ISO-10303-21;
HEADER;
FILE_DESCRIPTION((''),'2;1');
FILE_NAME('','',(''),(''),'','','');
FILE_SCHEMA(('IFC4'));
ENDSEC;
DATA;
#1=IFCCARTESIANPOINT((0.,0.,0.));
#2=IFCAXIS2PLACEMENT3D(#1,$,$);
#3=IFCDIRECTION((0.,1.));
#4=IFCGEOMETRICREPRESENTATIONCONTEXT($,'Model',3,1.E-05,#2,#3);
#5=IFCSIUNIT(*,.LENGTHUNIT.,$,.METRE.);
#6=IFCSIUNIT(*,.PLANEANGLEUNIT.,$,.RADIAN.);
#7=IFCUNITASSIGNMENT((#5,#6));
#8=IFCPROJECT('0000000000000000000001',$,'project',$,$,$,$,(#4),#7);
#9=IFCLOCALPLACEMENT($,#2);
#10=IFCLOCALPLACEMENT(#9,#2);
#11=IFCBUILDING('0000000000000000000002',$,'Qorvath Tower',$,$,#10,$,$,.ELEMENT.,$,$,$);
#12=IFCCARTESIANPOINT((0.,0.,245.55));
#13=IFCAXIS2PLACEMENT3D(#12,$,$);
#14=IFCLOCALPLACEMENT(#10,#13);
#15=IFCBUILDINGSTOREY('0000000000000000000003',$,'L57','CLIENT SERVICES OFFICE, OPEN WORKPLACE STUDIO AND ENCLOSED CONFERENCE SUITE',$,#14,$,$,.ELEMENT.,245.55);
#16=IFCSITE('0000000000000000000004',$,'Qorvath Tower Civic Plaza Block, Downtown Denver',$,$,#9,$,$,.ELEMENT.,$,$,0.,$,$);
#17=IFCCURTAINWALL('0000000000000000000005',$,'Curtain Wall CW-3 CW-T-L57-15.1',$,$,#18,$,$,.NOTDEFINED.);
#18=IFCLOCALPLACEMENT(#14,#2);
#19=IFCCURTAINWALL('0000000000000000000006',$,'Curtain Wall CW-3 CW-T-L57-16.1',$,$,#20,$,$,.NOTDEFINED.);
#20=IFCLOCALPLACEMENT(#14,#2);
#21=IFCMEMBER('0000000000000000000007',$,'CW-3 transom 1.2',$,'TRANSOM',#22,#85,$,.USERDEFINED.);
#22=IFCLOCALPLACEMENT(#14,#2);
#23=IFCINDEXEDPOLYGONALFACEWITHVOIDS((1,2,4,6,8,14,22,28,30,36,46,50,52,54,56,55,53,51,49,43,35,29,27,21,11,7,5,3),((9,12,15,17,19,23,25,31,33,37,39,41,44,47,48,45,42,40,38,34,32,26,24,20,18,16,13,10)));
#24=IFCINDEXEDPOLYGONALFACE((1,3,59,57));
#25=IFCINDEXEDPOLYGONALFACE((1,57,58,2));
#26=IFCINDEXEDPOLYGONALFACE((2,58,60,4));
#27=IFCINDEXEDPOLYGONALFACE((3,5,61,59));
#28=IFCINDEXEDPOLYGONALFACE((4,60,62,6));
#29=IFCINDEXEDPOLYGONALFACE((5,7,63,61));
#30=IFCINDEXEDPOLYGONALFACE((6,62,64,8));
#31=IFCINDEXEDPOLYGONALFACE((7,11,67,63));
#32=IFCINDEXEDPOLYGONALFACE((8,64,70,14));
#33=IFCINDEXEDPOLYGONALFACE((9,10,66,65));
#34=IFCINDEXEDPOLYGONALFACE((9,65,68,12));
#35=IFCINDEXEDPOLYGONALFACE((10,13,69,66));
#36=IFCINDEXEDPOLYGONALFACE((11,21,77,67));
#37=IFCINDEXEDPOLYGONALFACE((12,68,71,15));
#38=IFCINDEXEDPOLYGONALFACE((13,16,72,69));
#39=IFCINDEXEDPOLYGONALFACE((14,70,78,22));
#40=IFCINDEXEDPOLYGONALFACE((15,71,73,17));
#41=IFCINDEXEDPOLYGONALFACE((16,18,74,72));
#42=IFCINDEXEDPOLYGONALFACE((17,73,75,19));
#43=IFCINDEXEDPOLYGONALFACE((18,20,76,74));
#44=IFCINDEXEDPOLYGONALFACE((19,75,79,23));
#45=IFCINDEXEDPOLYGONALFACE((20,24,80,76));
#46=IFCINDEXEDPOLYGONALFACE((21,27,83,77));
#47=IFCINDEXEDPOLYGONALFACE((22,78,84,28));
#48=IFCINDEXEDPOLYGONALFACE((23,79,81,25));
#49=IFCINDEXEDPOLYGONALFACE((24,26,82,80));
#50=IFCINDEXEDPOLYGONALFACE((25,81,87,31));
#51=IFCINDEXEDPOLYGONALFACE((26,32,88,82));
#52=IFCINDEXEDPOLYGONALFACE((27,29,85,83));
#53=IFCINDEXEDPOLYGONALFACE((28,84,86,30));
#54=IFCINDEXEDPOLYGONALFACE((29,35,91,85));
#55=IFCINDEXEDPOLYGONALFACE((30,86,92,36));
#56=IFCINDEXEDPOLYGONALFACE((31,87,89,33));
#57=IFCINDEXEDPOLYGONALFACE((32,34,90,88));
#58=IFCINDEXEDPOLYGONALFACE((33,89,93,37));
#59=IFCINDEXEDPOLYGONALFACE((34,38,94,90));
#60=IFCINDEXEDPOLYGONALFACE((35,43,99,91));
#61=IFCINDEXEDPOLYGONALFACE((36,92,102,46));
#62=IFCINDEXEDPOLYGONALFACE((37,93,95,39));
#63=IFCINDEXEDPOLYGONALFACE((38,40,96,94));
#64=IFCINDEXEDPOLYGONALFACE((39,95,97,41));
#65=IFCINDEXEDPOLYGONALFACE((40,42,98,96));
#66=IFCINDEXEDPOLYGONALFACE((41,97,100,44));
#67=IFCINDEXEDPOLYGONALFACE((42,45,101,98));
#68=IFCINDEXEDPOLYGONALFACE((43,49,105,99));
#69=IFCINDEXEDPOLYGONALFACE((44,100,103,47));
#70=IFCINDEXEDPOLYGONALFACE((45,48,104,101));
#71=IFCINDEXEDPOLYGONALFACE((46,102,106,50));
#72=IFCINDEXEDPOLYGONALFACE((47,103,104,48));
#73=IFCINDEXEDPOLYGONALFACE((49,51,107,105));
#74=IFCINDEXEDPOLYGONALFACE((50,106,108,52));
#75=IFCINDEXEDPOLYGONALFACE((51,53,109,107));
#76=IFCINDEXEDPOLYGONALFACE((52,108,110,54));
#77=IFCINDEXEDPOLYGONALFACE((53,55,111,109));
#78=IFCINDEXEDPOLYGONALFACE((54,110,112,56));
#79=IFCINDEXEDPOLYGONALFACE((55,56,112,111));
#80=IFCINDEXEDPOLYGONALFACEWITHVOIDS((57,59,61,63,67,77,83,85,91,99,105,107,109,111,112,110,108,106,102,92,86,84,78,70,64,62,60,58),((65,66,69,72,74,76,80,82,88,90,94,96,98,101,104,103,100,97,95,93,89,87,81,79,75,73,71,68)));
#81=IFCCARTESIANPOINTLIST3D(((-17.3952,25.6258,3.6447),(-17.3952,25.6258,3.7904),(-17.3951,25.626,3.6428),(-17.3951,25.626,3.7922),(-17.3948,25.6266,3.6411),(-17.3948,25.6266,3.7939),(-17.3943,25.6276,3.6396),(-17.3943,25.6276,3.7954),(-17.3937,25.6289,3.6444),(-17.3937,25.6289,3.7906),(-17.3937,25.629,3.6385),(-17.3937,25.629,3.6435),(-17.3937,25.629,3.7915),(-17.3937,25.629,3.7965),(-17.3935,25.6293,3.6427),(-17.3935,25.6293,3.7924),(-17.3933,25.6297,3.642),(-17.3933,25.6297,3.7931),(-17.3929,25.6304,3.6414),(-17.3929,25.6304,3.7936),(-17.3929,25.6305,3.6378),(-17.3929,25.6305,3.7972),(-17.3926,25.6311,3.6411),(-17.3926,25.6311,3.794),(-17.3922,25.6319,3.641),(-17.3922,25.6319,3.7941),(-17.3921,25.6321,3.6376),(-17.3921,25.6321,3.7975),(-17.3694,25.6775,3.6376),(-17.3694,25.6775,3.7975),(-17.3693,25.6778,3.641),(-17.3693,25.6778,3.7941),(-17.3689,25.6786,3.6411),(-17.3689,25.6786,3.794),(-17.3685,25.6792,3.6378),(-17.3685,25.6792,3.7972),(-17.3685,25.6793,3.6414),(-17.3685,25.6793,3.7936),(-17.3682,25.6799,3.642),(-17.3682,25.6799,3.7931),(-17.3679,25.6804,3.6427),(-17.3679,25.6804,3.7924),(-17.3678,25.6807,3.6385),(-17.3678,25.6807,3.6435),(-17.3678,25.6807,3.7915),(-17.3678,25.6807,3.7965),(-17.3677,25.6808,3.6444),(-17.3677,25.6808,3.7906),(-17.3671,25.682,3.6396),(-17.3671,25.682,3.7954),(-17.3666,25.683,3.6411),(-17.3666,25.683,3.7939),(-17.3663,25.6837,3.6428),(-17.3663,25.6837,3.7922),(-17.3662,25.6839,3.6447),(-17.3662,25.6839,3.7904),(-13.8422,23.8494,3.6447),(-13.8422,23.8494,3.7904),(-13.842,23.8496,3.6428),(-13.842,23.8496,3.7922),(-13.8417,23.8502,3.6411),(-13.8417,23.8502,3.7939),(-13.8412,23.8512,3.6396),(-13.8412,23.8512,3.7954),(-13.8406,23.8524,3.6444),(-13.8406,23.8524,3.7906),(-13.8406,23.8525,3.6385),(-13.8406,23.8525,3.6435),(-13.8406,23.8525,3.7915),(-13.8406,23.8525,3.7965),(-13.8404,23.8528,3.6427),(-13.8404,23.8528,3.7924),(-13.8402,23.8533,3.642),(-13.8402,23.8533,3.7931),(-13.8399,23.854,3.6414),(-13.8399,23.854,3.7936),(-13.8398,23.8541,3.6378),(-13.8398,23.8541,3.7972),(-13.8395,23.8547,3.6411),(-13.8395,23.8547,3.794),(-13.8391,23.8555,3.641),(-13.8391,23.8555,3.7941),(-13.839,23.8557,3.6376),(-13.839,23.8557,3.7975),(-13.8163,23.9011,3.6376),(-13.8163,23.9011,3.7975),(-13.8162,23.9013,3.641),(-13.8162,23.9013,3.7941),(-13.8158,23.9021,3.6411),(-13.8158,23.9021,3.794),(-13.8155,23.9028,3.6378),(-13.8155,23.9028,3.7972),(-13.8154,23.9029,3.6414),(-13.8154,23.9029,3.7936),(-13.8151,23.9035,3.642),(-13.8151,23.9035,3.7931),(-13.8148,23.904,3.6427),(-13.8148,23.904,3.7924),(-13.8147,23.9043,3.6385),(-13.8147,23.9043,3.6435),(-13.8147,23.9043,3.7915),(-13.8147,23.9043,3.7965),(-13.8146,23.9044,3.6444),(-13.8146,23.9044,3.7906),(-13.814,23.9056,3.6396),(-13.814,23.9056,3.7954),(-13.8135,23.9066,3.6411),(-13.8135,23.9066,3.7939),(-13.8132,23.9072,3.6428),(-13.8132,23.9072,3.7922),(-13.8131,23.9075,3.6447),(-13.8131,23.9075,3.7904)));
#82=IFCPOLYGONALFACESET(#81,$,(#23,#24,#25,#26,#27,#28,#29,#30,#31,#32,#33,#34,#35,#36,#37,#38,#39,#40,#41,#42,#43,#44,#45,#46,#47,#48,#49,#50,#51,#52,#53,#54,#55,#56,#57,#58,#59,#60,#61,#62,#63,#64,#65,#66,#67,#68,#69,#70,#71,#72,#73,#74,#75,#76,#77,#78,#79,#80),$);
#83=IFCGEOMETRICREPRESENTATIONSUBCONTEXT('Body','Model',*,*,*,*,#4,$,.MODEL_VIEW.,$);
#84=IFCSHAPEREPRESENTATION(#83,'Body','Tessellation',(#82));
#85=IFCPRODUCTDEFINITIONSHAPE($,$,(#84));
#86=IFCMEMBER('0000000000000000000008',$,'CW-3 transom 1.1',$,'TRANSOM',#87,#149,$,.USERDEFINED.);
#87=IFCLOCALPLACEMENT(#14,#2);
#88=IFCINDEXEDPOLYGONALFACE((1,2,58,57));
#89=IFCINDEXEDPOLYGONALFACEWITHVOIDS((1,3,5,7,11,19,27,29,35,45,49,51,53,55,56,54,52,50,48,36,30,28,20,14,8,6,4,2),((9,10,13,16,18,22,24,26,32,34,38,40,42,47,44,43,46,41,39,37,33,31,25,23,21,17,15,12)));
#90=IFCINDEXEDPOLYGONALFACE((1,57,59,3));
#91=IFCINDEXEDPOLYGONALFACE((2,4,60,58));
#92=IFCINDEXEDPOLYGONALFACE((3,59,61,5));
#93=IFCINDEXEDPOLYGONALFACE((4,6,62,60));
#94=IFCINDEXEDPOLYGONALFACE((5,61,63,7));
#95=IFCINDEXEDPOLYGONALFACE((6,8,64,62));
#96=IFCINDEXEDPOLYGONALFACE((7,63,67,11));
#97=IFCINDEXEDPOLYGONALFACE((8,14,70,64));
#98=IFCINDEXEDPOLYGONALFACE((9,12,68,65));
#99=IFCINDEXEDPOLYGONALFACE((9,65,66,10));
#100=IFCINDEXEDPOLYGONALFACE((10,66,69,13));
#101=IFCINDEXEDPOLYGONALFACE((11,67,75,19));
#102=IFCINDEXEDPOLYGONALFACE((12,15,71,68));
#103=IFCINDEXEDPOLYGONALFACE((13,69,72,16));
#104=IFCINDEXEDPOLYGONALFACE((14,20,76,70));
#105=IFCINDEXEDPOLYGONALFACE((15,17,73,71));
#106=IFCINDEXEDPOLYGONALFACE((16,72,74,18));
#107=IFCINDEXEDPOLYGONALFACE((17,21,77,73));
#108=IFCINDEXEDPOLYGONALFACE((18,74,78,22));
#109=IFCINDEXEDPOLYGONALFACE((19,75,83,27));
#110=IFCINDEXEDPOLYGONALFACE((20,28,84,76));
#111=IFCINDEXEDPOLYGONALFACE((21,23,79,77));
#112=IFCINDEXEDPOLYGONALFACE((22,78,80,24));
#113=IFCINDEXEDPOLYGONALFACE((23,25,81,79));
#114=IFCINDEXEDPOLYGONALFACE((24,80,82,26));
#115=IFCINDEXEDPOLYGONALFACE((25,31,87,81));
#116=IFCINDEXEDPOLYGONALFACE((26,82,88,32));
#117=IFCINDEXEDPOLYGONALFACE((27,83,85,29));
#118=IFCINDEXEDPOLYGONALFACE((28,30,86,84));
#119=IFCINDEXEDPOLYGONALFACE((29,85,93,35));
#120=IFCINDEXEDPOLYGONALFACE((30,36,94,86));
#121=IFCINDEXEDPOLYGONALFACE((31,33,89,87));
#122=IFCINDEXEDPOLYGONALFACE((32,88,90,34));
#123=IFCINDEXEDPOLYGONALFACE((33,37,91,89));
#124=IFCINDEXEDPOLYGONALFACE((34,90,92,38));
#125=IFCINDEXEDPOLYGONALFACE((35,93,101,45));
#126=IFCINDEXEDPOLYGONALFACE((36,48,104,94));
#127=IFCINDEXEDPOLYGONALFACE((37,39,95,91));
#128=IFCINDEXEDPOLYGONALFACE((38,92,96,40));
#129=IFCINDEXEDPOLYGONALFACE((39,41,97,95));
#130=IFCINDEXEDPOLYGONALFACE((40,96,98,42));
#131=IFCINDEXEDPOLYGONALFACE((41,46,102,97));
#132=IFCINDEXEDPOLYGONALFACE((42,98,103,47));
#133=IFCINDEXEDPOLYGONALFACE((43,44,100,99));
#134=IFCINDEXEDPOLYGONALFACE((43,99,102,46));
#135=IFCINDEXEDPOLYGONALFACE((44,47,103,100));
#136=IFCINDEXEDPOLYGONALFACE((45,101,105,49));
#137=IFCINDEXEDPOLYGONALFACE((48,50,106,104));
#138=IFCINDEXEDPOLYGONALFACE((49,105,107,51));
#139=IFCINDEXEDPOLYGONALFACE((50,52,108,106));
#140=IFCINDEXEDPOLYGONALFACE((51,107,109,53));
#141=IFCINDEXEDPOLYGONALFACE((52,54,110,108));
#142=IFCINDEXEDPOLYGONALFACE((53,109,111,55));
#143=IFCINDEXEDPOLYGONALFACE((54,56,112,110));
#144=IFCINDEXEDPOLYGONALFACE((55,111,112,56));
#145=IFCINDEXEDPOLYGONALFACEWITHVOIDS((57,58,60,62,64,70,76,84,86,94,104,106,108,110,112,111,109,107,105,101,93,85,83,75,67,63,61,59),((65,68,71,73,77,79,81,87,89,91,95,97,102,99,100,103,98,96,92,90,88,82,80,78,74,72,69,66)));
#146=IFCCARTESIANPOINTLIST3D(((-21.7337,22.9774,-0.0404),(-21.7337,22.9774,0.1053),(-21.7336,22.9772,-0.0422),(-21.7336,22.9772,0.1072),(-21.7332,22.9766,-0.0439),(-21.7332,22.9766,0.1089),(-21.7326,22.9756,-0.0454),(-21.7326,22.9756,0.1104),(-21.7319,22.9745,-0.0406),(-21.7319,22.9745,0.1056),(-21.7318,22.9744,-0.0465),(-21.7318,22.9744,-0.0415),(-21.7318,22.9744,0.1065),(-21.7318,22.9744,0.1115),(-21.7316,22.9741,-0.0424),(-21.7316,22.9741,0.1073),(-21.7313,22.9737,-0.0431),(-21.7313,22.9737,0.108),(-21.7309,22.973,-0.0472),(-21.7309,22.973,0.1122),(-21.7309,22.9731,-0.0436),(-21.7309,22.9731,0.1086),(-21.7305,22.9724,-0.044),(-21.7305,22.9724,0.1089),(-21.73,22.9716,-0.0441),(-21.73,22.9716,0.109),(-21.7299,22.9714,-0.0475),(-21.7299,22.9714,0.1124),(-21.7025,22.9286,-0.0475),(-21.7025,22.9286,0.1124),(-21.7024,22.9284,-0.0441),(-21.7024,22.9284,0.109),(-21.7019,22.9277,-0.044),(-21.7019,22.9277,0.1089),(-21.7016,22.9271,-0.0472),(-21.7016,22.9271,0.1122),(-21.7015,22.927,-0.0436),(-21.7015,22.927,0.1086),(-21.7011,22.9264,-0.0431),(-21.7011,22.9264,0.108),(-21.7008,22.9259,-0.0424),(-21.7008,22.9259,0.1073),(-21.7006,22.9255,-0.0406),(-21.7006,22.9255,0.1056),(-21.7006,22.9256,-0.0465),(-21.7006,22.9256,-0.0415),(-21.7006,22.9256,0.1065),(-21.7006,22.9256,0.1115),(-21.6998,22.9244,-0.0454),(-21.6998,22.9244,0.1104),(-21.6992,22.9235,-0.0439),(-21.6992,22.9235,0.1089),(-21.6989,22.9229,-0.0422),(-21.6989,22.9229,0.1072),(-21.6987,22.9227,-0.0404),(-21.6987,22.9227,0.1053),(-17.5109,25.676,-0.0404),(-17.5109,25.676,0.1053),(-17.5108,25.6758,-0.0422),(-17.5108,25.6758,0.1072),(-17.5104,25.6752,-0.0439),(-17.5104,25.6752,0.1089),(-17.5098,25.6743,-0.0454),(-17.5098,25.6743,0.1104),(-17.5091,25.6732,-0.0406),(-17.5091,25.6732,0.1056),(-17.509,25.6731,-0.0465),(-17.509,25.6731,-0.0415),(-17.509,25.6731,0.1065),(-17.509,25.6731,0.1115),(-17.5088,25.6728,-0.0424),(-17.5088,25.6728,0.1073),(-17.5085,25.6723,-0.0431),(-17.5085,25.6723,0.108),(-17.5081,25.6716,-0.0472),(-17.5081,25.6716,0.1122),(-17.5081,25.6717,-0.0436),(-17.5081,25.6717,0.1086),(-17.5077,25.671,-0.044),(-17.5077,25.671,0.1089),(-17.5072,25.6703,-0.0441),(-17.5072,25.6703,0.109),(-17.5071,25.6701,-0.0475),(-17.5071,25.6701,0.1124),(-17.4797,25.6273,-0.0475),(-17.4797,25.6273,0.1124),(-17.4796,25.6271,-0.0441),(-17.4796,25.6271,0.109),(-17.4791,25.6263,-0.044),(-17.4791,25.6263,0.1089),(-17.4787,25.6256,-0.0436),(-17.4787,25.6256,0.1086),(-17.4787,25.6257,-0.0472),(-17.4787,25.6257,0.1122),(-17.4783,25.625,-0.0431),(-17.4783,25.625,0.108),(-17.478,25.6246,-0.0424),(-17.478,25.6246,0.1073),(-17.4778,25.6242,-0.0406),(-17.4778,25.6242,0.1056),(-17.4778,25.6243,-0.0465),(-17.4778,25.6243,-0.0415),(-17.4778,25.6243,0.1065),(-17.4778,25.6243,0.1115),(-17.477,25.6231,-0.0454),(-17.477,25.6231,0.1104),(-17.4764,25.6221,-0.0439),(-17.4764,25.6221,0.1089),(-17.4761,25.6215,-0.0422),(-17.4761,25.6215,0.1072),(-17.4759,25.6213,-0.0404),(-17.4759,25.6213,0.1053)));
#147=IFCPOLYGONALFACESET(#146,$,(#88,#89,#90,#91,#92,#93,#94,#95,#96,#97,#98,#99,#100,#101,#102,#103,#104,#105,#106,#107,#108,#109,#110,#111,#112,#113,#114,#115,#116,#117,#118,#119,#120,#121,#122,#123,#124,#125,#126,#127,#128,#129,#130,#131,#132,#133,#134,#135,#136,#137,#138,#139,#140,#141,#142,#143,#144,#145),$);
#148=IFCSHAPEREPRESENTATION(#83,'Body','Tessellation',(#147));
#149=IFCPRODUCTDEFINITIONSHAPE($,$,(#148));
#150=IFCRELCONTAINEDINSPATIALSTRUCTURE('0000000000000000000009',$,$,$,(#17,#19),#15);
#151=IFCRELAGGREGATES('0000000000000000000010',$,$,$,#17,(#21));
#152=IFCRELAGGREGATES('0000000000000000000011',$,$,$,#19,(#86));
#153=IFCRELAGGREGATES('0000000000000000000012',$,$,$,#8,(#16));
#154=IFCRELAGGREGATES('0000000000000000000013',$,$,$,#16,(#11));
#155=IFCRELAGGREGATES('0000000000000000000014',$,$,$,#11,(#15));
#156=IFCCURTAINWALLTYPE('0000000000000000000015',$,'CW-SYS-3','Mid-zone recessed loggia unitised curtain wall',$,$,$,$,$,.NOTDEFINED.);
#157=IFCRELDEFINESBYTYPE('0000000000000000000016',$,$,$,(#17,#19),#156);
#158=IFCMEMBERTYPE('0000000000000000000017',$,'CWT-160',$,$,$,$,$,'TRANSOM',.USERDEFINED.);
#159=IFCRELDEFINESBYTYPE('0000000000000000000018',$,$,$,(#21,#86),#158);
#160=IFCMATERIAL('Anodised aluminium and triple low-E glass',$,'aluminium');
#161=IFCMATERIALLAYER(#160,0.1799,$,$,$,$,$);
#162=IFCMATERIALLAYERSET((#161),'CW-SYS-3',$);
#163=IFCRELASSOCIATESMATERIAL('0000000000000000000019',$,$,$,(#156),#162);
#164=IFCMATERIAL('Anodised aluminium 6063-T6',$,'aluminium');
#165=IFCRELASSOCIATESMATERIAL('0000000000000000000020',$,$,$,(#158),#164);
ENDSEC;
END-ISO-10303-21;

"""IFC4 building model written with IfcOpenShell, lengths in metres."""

from ifc_helpers import new_model, si_unit, direction, frame, origin, origin_2d, place, context, subcontext, project, spatial, hollow_rectangle, extrude, material, layer, layer_set, material_profile, profile_set, type_object, element, aggregate, save


model = new_model("IFC4")

# Units and contexts
model_context = context("Model", 3, precision=1e-05, world=origin(), true_north=direction((0.0, 1.0)))
body_context = subcontext(model_context, "Body", "Model", "MODEL_VIEW")
ifc_project = project(units=[si_unit("LENGTHUNIT", "METRE"), si_unit("PLANEANGLEUNIT", "RADIAN")], contexts=[model_context])

# Site, building, storey
site_placement = place(None, origin())
site = spatial("IfcSite", under=ifc_project, at=site_placement, Name="Qorvath Tower Civic Plaza Block, Downtown Denver", CompositionType="ELEMENT", RefElevation=0.0)
building_placement = place(site_placement, origin())
building = spatial("IfcBuilding", under=site, at=building_placement, Name="Qorvath Tower", CompositionType="ELEMENT")
storey_placement = place(building_placement, frame((0.0, 0.0, 245.55)))
storey = spatial("IfcBuildingStorey", under=building, at=storey_placement, Name="L57", Description="CLIENT SERVICES OFFICE, OPEN WORKPLACE STUDIO AND ENCLOSED CONFERENCE SUITE", CompositionType="ELEMENT", Elevation=245.55)

# Shared definitions
ifc_material_1 = material(Name="Anodised aluminium and triple low-E glass", Category="aluminium")
ifc_layer_1 = layer(ifc_material_1, 0.1799)
ifc_layer_set_1 = layer_set([ifc_layer_1], Name="CW-SYS-3")
curtain_wall_type = type_object("IfcCurtainWallType", Name="CW-SYS-3", Description="Mid-zone recessed loggia unitised curtain wall", PredefinedType="NOTDEFINED", material=ifc_layer_set_1)

# Curtain wall
curtain_wall_1_placement = place(storey_placement, origin())
curtain_wall_1 = element("IfcCurtainWall", 1, at=curtain_wall_1_placement, inside=storey, type_object=curtain_wall_type, Name="Curtain Wall CW-3 CW-T-L57-15.1", PredefinedType="NOTDEFINED")

# Curtain wall
curtain_wall_2_placement = place(storey_placement, origin())
curtain_wall_2 = element("IfcCurtainWall", 2, at=curtain_wall_2_placement, inside=storey, type_object=curtain_wall_type, Name="Curtain Wall CW-3 CW-T-L57-16.1", PredefinedType="NOTDEFINED")

# Members
ifc_material_2 = material(Name="Anodised aluminium 6063-T6", Category="aluminium")
ifc_material_profile_1 = material_profile(ifc_material_2, hollow_rectangle(XDim=0.0649, YDim=0.1599, WallThickness=0.0034, InnerFilletRadius=0.0034, OuterFilletRadius=0.0071, at=origin_2d()), Name="CWT 160x65")
ifc_profile_set_1 = profile_set([ifc_material_profile_1], Name="Anodised aluminium 6063-T6")
member_type_1 = type_object("IfcMemberType", Name="CWT-160", ElementType="TRANSOM", PredefinedType="USERDEFINED", material=ifc_profile_set_1)
member_1_placement = place(storey_placement, frame((-13.8276, 23.8784, 3.7175), z_axis=(-0.894439, 0.447189, 0.0), x_axis=(-0.447189, -0.894439, 0.0)))
member_1 = element("IfcMember", 3, at=member_1_placement, type_object=member_type_1, Name="CW-3 transom 1.2", ObjectType="TRANSOM", PredefinedType="USERDEFINED", context=body_context, shape_type="SweptSolid", body=[
    extrude(hollow_rectangle(XDim=0.0649, YDim=0.1599, WallThickness=0.0034, InnerFilletRadius=0.0034, OuterFilletRadius=0.0071, at=origin_2d()), origin(), (0.0, 0.0, 1.0), 3.9724),
])
member_2_placement = place(storey_placement, frame((-17.4934, 25.6487, 0.0325), z_axis=(-0.842627, -0.538498, 0.0), x_axis=(0.538498, -0.842627, 0.0)))
member_2 = element("IfcMember", 4, at=member_2_placement, type_object=member_type_1, Name="CW-3 transom 1.1", ObjectType="TRANSOM", PredefinedType="USERDEFINED", context=body_context, shape_type="SweptSolid", body=[
    extrude(hollow_rectangle(XDim=0.0649, YDim=0.1599, WallThickness=0.0034, InnerFilletRadius=0.0034, OuterFilletRadius=0.0071, at=origin_2d()), origin(), (0.0, 0.0, 1.0), 5.0115),
])

aggregate(curtain_wall_1, [member_1])
aggregate(curtain_wall_2, [member_2])

save(model, "model.ifc")
